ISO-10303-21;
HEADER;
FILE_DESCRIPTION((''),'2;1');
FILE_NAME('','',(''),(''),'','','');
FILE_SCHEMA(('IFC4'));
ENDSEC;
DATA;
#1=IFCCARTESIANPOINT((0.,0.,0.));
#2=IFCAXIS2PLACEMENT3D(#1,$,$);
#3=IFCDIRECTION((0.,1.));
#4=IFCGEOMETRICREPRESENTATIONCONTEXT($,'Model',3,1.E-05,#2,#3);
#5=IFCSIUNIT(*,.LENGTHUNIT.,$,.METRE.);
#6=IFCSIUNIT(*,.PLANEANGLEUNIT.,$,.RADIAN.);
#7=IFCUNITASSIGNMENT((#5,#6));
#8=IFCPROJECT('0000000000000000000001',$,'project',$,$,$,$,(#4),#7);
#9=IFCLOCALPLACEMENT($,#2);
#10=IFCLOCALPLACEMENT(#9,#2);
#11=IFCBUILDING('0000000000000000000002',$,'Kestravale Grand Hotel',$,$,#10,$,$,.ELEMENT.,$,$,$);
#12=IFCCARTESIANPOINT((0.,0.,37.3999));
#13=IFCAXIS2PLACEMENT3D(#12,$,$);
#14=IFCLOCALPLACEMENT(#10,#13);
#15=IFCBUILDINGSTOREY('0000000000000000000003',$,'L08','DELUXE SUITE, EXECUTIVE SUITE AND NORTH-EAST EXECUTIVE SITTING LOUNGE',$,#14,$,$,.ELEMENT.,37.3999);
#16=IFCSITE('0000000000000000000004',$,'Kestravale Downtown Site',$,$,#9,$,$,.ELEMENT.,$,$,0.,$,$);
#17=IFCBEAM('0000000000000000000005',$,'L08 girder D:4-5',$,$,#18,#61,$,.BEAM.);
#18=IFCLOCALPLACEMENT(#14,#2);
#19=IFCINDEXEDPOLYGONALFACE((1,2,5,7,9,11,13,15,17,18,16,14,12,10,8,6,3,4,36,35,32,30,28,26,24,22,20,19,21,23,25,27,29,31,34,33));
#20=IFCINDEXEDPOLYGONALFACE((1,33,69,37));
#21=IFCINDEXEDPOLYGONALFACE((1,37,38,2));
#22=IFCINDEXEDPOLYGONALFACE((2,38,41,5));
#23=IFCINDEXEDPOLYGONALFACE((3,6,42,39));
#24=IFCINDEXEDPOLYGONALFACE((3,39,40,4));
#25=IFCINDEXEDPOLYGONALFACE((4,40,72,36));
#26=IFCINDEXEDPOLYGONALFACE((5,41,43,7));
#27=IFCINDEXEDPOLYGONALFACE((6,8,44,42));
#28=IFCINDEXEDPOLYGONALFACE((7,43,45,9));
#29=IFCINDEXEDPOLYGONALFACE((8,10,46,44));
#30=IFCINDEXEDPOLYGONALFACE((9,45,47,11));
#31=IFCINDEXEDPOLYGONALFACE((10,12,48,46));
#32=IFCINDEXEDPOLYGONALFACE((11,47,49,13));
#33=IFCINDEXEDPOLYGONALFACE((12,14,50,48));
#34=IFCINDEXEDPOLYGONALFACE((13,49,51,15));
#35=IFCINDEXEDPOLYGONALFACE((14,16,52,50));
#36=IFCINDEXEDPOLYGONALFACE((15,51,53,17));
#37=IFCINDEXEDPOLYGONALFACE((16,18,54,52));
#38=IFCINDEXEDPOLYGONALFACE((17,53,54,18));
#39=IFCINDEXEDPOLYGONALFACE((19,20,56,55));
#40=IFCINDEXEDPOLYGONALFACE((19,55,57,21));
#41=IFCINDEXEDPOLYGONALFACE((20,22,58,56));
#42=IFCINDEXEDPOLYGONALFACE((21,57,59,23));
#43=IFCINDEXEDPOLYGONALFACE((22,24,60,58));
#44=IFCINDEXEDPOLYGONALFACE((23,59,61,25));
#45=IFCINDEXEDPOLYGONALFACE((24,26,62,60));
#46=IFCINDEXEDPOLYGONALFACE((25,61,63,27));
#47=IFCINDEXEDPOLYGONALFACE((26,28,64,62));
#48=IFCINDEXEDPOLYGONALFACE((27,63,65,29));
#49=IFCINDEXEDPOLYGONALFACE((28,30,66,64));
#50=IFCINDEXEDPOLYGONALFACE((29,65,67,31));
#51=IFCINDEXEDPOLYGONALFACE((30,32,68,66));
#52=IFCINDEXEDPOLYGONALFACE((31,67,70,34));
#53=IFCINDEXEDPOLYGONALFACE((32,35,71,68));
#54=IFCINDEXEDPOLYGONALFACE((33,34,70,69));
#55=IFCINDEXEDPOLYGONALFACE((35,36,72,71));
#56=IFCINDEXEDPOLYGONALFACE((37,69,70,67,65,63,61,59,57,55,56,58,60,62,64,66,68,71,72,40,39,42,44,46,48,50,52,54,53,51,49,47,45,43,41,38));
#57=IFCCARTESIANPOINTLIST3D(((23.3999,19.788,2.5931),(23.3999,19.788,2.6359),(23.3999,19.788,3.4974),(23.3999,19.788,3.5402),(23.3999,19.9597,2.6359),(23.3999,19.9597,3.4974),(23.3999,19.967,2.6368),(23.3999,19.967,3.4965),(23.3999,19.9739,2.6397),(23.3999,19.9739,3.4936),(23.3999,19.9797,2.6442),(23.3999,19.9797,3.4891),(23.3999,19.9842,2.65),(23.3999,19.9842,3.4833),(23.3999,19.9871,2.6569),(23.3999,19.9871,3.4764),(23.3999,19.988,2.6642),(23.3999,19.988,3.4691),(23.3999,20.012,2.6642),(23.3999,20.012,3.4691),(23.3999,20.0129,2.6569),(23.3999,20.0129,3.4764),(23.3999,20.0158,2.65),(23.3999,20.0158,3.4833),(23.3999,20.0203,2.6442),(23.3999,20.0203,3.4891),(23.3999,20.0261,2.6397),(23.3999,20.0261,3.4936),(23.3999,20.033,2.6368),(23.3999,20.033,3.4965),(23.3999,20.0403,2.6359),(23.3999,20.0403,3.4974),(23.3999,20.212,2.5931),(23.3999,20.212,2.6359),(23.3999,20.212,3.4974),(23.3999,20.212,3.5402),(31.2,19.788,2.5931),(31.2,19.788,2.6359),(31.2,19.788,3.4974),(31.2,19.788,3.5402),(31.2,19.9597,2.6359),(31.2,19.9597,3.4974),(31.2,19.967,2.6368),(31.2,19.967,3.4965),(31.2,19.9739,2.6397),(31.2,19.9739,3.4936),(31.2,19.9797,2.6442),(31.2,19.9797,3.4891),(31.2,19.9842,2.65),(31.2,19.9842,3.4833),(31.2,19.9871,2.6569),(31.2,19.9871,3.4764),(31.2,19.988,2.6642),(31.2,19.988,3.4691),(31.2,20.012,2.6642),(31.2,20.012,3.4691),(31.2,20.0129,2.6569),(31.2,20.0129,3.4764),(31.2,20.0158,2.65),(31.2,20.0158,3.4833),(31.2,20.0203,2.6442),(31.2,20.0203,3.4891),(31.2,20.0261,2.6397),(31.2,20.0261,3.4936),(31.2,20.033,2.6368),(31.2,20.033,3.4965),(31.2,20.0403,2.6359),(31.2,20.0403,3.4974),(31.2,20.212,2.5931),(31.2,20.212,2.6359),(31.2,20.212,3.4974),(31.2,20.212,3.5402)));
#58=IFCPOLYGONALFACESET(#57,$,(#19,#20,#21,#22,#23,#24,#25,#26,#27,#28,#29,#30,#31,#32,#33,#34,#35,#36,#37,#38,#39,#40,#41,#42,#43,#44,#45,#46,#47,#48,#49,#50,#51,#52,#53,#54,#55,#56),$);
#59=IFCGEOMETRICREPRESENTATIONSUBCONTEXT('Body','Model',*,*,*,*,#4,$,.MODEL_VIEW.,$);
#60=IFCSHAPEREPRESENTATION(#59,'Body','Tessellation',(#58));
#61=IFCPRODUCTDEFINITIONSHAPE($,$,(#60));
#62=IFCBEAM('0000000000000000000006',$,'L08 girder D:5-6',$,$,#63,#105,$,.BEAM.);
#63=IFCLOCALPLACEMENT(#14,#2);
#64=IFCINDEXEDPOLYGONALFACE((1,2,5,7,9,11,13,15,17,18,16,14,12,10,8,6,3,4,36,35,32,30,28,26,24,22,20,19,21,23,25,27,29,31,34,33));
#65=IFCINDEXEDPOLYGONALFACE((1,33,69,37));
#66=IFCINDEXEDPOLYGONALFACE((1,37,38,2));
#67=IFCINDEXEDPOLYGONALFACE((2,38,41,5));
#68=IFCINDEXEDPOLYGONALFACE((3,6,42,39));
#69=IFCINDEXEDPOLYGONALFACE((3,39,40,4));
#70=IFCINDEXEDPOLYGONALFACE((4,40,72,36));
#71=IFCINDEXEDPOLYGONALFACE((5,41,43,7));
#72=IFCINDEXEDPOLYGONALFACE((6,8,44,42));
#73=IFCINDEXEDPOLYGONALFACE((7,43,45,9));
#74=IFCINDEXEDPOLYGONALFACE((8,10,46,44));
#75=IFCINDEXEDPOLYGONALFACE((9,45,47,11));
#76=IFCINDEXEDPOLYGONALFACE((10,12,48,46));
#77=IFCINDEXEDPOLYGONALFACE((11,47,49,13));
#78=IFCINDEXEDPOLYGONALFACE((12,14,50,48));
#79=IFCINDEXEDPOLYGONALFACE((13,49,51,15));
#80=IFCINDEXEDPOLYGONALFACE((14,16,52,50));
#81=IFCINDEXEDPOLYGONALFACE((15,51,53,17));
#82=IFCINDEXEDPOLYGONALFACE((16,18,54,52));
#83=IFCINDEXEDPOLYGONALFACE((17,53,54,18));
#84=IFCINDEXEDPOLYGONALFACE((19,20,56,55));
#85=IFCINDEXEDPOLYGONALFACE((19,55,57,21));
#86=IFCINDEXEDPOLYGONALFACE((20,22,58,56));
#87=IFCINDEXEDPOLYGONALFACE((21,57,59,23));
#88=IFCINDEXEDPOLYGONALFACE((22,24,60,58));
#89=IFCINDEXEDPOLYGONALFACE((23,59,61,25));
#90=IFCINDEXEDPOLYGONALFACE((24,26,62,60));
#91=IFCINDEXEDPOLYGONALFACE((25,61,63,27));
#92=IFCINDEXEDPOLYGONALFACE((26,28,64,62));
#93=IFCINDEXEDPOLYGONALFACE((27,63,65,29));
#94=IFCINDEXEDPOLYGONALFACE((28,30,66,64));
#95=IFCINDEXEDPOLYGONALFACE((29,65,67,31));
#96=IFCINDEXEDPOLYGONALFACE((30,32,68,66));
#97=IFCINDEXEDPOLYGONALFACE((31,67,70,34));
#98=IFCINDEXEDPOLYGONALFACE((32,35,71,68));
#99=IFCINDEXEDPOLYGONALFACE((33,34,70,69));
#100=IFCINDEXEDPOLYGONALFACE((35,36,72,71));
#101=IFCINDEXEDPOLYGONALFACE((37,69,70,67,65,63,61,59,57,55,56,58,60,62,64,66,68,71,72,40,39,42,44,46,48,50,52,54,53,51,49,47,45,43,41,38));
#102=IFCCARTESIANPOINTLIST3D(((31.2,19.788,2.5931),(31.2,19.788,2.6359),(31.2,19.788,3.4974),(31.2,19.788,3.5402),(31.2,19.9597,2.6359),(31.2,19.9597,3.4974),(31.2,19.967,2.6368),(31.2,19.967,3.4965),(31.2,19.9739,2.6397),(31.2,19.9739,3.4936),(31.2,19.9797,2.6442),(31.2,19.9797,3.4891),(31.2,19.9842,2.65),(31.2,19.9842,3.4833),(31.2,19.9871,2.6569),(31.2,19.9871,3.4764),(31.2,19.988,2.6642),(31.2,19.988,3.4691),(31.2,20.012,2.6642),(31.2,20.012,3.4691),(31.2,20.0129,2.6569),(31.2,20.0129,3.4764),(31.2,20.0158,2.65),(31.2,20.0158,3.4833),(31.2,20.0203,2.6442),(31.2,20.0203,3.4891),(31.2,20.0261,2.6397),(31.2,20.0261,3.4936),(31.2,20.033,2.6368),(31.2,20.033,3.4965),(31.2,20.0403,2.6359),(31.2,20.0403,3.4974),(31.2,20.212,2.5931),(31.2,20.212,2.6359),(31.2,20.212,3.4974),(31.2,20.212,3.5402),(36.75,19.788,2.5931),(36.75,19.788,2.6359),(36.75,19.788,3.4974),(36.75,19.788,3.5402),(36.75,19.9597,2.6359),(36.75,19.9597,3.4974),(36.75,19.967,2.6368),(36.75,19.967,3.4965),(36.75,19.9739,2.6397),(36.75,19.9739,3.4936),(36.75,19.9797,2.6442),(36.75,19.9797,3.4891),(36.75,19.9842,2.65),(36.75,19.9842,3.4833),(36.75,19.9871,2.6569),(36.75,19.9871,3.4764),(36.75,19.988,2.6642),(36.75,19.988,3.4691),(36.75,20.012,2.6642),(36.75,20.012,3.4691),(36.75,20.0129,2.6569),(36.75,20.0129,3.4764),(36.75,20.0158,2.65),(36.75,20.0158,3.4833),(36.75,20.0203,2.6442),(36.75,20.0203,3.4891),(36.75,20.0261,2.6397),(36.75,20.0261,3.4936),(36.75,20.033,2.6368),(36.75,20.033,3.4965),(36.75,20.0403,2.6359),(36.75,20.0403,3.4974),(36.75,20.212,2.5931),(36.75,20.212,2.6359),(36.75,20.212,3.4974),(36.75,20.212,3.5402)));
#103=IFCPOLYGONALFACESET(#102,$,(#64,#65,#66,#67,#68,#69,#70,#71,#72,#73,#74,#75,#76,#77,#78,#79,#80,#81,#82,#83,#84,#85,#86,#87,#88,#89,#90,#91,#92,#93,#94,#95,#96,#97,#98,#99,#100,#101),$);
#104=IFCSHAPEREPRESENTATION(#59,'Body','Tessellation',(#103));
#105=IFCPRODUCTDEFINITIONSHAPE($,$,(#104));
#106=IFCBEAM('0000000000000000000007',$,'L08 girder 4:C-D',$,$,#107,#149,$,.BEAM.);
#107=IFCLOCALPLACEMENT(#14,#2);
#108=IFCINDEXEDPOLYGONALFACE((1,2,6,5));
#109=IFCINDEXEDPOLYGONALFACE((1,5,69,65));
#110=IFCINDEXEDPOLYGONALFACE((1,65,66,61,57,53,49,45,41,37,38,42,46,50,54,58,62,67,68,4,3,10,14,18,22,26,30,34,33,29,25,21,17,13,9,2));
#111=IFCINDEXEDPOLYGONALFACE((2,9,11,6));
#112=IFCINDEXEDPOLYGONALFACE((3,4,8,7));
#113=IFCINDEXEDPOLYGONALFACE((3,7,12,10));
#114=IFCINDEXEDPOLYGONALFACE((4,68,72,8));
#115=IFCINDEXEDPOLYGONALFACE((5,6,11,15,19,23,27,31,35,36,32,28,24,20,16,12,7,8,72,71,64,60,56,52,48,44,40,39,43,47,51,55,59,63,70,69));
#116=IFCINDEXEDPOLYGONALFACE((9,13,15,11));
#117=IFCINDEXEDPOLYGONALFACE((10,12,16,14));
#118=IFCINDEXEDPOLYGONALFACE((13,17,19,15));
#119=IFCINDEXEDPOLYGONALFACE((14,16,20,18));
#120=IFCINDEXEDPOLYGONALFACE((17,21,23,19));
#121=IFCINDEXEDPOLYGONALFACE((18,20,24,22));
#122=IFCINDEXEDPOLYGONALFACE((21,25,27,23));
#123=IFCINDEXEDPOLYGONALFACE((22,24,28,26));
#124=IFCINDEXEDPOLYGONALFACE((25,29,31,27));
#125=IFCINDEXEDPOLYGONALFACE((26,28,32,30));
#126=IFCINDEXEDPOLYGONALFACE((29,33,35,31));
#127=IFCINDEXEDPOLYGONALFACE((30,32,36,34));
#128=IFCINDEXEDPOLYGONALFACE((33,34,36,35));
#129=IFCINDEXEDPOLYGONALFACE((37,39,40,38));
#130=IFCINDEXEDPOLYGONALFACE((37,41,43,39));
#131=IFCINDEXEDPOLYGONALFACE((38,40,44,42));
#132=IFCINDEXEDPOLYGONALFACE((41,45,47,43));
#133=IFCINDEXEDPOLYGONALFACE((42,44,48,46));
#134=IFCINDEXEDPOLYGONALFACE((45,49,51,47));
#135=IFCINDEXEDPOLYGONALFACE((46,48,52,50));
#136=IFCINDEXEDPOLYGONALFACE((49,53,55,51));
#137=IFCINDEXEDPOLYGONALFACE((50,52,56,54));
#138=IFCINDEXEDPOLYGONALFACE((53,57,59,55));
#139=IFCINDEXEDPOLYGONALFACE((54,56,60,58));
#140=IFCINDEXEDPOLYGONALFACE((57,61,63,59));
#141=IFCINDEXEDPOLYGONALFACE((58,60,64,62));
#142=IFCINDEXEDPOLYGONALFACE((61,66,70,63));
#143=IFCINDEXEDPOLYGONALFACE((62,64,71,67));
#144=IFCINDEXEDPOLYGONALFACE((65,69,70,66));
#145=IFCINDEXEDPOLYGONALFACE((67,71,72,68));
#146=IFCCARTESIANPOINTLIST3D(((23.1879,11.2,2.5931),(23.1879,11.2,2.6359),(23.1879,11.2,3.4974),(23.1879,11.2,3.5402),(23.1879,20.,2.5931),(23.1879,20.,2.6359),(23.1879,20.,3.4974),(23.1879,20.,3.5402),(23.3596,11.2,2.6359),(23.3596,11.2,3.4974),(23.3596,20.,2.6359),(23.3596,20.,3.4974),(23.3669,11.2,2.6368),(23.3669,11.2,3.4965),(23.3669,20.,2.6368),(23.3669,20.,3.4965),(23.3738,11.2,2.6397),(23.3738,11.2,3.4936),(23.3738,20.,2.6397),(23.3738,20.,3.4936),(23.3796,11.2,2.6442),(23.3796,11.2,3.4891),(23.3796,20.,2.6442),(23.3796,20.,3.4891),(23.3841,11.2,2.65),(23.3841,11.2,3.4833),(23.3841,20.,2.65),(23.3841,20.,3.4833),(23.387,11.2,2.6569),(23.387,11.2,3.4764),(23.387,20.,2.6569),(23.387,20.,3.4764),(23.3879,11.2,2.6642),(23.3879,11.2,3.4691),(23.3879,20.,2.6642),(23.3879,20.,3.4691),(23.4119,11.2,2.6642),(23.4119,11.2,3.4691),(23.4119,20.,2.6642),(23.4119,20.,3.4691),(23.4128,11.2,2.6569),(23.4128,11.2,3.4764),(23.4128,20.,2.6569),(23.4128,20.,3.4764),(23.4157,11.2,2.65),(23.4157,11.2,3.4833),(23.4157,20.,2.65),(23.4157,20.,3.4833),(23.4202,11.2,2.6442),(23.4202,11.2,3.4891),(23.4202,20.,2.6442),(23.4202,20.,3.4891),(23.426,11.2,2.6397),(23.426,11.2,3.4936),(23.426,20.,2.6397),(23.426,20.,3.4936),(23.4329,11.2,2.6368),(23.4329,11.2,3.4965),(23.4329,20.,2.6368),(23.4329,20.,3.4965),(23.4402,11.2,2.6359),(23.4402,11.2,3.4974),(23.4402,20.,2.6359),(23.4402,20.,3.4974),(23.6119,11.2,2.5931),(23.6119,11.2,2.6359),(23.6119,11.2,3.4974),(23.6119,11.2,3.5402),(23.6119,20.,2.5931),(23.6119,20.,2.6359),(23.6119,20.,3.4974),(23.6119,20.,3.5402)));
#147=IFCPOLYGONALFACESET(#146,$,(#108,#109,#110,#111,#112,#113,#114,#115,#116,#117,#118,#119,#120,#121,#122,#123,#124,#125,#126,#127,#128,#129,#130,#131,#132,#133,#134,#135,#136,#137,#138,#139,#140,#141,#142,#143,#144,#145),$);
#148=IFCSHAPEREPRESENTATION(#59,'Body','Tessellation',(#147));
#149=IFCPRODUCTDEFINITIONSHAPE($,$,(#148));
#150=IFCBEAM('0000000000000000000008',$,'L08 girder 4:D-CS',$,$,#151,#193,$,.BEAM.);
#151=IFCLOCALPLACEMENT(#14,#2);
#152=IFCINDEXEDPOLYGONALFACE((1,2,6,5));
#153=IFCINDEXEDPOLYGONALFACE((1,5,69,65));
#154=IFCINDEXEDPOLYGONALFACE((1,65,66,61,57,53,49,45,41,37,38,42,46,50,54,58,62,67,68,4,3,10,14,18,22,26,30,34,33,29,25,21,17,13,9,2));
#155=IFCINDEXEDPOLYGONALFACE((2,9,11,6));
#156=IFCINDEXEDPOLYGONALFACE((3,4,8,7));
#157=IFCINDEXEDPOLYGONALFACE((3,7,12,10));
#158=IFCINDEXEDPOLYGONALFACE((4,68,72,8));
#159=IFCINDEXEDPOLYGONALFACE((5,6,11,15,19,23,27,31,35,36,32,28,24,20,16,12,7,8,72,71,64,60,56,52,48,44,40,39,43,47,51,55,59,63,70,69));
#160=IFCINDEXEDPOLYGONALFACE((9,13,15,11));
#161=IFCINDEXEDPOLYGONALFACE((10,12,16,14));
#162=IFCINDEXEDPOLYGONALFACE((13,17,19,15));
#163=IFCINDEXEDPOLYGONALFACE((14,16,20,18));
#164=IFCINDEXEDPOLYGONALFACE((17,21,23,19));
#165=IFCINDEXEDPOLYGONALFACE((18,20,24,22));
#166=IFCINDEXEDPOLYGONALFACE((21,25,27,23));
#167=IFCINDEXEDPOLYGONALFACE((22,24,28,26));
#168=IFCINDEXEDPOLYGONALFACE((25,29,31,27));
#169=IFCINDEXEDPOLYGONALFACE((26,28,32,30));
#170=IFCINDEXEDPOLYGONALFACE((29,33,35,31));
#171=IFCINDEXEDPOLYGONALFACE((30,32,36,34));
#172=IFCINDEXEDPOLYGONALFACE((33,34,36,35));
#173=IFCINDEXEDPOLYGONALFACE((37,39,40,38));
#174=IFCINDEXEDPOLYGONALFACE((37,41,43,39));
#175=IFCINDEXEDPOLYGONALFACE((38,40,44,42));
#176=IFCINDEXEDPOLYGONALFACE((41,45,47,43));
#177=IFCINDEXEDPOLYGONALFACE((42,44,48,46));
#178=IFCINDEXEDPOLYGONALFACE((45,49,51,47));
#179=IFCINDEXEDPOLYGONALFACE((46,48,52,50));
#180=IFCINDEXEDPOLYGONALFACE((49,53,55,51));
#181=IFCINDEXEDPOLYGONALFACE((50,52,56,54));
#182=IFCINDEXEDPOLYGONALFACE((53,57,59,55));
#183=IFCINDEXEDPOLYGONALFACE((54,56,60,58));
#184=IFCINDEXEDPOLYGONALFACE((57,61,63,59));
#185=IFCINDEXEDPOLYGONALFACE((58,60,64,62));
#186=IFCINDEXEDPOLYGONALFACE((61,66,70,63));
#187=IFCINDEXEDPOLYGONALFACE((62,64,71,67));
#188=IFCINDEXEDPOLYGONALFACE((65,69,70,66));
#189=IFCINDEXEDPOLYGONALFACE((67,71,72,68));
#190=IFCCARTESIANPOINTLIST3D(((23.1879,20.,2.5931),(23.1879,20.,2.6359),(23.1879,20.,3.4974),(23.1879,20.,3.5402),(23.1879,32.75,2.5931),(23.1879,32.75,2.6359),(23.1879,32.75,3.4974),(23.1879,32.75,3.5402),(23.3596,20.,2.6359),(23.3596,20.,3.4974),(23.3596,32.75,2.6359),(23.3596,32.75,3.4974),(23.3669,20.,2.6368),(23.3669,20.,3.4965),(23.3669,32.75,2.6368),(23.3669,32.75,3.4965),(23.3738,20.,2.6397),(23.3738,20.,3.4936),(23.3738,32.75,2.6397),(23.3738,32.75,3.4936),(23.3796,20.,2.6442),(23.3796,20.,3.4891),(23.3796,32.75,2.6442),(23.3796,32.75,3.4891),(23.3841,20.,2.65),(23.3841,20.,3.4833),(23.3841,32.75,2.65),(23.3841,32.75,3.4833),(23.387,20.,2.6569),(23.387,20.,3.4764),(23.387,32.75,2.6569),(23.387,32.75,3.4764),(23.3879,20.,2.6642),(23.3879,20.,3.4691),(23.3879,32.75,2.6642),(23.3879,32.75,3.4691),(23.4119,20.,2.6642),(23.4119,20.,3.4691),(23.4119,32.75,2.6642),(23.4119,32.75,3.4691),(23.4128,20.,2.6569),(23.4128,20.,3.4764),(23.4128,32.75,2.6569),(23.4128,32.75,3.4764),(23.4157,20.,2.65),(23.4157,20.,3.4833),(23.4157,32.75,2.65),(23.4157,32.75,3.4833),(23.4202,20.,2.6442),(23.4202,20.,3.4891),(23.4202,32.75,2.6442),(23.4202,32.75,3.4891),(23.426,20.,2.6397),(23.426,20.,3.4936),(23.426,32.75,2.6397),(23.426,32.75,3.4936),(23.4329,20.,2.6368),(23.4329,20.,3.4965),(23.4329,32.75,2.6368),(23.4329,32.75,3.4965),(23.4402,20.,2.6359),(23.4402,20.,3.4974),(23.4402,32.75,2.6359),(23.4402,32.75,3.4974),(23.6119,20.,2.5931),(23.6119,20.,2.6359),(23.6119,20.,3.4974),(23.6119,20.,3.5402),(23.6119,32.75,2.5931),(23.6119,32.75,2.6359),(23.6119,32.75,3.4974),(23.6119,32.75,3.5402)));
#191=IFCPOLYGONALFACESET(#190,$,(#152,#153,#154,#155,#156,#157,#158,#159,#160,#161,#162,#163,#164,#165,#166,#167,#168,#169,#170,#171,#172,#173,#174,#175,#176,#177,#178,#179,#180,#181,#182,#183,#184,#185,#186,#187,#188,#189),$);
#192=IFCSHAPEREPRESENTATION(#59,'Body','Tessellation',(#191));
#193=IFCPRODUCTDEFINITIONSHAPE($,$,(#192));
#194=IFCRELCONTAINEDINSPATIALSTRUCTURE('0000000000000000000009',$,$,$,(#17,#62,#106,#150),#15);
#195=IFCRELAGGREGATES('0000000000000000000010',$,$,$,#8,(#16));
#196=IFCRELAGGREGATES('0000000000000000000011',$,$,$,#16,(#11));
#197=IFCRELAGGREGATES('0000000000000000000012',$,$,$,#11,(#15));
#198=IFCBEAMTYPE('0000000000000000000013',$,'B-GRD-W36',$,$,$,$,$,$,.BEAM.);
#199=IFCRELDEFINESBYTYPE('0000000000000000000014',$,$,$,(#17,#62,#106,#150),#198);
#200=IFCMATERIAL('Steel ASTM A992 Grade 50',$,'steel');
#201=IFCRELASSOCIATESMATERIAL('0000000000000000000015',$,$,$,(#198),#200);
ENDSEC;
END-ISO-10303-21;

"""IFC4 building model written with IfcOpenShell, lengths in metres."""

from ifc_helpers import new_model, si_unit, direction, frame, origin, origin_2d, place, context, subcontext, project, spatial, i_section, extrude, material, material_profile, profile_set, type_object, element, save


model = new_model("IFC4")

# Units and contexts
model_context = context("Model", 3, precision=1e-05, world=origin(), true_north=direction((0.0, 1.0)))
body_context = subcontext(model_context, "Body", "Model", "MODEL_VIEW")
ifc_project = project(units=[si_unit("LENGTHUNIT", "METRE"), si_unit("PLANEANGLEUNIT", "RADIAN")], contexts=[model_context])

# Site, building, storey
site_placement = place(None, origin())
site = spatial("IfcSite", under=ifc_project, at=site_placement, Name="Kestravale Downtown Site", CompositionType="ELEMENT", RefElevation=0.0)
building_placement = place(site_placement, origin())
building = spatial("IfcBuilding", under=site, at=building_placement, Name="Kestravale Grand Hotel", CompositionType="ELEMENT")
storey_placement = place(building_placement, frame((0.0, 0.0, 37.3999)))
storey = spatial("IfcBuildingStorey", under=building, at=storey_placement, Name="L08", Description="DELUXE SUITE, EXECUTIVE SUITE AND NORTH-EAST EXECUTIVE SITTING LOUNGE", CompositionType="ELEMENT", Elevation=37.3999)

# Beams
ifc_material_1 = material(Name="Steel ASTM A992 Grade 50", Category="steel")
ifc_material_profile_1 = material_profile(ifc_material_1, i_section(OverallWidth=0.4241, OverallDepth=0.947, WebThickness=0.0239, FlangeThickness=0.0427, FilletRadius=0.0283, at=origin_2d()))
ifc_profile_set_1 = profile_set([ifc_material_profile_1], Name="Steel ASTM A992 Grade 50")
beam_type_1 = type_object("IfcBeamType", Name="B-GRD-W36", PredefinedType="BEAM", material=ifc_profile_set_1)
for number, where, z_axis, x_axis, name in (
    (1, (23.3999, 20.0, 3.0667), (1.0, 0.0, 0.0), (0.0, 1.0, 0.0), "L08 girder D:4-5"),
):
    element("IfcBeam", number, at=place(storey_placement, frame(where, z_axis=z_axis, x_axis=x_axis)), inside=storey, type_object=beam_type_1, Name=name, PredefinedType="BEAM", context=body_context, shape_type="SweptSolid", body=[
        extrude(i_section(OverallWidth=0.4241, OverallDepth=0.947, WebThickness=0.0239, FlangeThickness=0.0427, FilletRadius=0.0283, at=origin_2d()), origin(), (0.0, 0.0, 1.0), 7.8),
    ])
beam_1_placement = place(storey_placement, frame((31.2, 20.0, 3.0667), z_axis=(1.0, 0.0, 0.0), x_axis=(0.0, 1.0, 0.0)))
element("IfcBeam", 2, at=beam_1_placement, inside=storey, type_object=beam_type_1, Name="L08 girder D:5-6", PredefinedType="BEAM", context=body_context, shape_type="SweptSolid", body=[
    extrude(i_section(OverallWidth=0.4241, OverallDepth=0.947, WebThickness=0.0239, FlangeThickness=0.0427, FilletRadius=0.0283, at=origin_2d()), origin(), (0.0, 0.0, 1.0), 5.55),
])
beam_2_placement = place(storey_placement, frame((23.3999, 11.2, 3.0667), z_axis=(0.0, 1.0, 0.0), x_axis=(-1.0, 0.0, 0.0)))
element("IfcBeam", 3, at=beam_2_placement, inside=storey, type_object=beam_type_1, Name="L08 girder 4:C-D", PredefinedType="BEAM", context=body_context, shape_type="SweptSolid", body=[
    extrude(i_section(OverallWidth=0.4241, OverallDepth=0.947, WebThickness=0.0239, FlangeThickness=0.0427, FilletRadius=0.0283, at=origin_2d()), origin(), (0.0, 0.0, 1.0), 8.8),
])
beam_3_placement = place(storey_placement, frame((23.3999, 20.0, 3.0667), z_axis=(0.0, 1.0, 0.0), x_axis=(-1.0, 0.0, 0.0)))
element("IfcBeam", 4, at=beam_3_placement, inside=storey, type_object=beam_type_1, Name="L08 girder 4:D-CS", PredefinedType="BEAM", context=body_context, shape_type="SweptSolid", body=[
    extrude(i_section(OverallWidth=0.4241, OverallDepth=0.947, WebThickness=0.0239, FlangeThickness=0.0427, FilletRadius=0.0283, at=origin_2d()), origin(), (0.0, 0.0, 1.0), 12.75),
])

save(model, "model.ifc")
